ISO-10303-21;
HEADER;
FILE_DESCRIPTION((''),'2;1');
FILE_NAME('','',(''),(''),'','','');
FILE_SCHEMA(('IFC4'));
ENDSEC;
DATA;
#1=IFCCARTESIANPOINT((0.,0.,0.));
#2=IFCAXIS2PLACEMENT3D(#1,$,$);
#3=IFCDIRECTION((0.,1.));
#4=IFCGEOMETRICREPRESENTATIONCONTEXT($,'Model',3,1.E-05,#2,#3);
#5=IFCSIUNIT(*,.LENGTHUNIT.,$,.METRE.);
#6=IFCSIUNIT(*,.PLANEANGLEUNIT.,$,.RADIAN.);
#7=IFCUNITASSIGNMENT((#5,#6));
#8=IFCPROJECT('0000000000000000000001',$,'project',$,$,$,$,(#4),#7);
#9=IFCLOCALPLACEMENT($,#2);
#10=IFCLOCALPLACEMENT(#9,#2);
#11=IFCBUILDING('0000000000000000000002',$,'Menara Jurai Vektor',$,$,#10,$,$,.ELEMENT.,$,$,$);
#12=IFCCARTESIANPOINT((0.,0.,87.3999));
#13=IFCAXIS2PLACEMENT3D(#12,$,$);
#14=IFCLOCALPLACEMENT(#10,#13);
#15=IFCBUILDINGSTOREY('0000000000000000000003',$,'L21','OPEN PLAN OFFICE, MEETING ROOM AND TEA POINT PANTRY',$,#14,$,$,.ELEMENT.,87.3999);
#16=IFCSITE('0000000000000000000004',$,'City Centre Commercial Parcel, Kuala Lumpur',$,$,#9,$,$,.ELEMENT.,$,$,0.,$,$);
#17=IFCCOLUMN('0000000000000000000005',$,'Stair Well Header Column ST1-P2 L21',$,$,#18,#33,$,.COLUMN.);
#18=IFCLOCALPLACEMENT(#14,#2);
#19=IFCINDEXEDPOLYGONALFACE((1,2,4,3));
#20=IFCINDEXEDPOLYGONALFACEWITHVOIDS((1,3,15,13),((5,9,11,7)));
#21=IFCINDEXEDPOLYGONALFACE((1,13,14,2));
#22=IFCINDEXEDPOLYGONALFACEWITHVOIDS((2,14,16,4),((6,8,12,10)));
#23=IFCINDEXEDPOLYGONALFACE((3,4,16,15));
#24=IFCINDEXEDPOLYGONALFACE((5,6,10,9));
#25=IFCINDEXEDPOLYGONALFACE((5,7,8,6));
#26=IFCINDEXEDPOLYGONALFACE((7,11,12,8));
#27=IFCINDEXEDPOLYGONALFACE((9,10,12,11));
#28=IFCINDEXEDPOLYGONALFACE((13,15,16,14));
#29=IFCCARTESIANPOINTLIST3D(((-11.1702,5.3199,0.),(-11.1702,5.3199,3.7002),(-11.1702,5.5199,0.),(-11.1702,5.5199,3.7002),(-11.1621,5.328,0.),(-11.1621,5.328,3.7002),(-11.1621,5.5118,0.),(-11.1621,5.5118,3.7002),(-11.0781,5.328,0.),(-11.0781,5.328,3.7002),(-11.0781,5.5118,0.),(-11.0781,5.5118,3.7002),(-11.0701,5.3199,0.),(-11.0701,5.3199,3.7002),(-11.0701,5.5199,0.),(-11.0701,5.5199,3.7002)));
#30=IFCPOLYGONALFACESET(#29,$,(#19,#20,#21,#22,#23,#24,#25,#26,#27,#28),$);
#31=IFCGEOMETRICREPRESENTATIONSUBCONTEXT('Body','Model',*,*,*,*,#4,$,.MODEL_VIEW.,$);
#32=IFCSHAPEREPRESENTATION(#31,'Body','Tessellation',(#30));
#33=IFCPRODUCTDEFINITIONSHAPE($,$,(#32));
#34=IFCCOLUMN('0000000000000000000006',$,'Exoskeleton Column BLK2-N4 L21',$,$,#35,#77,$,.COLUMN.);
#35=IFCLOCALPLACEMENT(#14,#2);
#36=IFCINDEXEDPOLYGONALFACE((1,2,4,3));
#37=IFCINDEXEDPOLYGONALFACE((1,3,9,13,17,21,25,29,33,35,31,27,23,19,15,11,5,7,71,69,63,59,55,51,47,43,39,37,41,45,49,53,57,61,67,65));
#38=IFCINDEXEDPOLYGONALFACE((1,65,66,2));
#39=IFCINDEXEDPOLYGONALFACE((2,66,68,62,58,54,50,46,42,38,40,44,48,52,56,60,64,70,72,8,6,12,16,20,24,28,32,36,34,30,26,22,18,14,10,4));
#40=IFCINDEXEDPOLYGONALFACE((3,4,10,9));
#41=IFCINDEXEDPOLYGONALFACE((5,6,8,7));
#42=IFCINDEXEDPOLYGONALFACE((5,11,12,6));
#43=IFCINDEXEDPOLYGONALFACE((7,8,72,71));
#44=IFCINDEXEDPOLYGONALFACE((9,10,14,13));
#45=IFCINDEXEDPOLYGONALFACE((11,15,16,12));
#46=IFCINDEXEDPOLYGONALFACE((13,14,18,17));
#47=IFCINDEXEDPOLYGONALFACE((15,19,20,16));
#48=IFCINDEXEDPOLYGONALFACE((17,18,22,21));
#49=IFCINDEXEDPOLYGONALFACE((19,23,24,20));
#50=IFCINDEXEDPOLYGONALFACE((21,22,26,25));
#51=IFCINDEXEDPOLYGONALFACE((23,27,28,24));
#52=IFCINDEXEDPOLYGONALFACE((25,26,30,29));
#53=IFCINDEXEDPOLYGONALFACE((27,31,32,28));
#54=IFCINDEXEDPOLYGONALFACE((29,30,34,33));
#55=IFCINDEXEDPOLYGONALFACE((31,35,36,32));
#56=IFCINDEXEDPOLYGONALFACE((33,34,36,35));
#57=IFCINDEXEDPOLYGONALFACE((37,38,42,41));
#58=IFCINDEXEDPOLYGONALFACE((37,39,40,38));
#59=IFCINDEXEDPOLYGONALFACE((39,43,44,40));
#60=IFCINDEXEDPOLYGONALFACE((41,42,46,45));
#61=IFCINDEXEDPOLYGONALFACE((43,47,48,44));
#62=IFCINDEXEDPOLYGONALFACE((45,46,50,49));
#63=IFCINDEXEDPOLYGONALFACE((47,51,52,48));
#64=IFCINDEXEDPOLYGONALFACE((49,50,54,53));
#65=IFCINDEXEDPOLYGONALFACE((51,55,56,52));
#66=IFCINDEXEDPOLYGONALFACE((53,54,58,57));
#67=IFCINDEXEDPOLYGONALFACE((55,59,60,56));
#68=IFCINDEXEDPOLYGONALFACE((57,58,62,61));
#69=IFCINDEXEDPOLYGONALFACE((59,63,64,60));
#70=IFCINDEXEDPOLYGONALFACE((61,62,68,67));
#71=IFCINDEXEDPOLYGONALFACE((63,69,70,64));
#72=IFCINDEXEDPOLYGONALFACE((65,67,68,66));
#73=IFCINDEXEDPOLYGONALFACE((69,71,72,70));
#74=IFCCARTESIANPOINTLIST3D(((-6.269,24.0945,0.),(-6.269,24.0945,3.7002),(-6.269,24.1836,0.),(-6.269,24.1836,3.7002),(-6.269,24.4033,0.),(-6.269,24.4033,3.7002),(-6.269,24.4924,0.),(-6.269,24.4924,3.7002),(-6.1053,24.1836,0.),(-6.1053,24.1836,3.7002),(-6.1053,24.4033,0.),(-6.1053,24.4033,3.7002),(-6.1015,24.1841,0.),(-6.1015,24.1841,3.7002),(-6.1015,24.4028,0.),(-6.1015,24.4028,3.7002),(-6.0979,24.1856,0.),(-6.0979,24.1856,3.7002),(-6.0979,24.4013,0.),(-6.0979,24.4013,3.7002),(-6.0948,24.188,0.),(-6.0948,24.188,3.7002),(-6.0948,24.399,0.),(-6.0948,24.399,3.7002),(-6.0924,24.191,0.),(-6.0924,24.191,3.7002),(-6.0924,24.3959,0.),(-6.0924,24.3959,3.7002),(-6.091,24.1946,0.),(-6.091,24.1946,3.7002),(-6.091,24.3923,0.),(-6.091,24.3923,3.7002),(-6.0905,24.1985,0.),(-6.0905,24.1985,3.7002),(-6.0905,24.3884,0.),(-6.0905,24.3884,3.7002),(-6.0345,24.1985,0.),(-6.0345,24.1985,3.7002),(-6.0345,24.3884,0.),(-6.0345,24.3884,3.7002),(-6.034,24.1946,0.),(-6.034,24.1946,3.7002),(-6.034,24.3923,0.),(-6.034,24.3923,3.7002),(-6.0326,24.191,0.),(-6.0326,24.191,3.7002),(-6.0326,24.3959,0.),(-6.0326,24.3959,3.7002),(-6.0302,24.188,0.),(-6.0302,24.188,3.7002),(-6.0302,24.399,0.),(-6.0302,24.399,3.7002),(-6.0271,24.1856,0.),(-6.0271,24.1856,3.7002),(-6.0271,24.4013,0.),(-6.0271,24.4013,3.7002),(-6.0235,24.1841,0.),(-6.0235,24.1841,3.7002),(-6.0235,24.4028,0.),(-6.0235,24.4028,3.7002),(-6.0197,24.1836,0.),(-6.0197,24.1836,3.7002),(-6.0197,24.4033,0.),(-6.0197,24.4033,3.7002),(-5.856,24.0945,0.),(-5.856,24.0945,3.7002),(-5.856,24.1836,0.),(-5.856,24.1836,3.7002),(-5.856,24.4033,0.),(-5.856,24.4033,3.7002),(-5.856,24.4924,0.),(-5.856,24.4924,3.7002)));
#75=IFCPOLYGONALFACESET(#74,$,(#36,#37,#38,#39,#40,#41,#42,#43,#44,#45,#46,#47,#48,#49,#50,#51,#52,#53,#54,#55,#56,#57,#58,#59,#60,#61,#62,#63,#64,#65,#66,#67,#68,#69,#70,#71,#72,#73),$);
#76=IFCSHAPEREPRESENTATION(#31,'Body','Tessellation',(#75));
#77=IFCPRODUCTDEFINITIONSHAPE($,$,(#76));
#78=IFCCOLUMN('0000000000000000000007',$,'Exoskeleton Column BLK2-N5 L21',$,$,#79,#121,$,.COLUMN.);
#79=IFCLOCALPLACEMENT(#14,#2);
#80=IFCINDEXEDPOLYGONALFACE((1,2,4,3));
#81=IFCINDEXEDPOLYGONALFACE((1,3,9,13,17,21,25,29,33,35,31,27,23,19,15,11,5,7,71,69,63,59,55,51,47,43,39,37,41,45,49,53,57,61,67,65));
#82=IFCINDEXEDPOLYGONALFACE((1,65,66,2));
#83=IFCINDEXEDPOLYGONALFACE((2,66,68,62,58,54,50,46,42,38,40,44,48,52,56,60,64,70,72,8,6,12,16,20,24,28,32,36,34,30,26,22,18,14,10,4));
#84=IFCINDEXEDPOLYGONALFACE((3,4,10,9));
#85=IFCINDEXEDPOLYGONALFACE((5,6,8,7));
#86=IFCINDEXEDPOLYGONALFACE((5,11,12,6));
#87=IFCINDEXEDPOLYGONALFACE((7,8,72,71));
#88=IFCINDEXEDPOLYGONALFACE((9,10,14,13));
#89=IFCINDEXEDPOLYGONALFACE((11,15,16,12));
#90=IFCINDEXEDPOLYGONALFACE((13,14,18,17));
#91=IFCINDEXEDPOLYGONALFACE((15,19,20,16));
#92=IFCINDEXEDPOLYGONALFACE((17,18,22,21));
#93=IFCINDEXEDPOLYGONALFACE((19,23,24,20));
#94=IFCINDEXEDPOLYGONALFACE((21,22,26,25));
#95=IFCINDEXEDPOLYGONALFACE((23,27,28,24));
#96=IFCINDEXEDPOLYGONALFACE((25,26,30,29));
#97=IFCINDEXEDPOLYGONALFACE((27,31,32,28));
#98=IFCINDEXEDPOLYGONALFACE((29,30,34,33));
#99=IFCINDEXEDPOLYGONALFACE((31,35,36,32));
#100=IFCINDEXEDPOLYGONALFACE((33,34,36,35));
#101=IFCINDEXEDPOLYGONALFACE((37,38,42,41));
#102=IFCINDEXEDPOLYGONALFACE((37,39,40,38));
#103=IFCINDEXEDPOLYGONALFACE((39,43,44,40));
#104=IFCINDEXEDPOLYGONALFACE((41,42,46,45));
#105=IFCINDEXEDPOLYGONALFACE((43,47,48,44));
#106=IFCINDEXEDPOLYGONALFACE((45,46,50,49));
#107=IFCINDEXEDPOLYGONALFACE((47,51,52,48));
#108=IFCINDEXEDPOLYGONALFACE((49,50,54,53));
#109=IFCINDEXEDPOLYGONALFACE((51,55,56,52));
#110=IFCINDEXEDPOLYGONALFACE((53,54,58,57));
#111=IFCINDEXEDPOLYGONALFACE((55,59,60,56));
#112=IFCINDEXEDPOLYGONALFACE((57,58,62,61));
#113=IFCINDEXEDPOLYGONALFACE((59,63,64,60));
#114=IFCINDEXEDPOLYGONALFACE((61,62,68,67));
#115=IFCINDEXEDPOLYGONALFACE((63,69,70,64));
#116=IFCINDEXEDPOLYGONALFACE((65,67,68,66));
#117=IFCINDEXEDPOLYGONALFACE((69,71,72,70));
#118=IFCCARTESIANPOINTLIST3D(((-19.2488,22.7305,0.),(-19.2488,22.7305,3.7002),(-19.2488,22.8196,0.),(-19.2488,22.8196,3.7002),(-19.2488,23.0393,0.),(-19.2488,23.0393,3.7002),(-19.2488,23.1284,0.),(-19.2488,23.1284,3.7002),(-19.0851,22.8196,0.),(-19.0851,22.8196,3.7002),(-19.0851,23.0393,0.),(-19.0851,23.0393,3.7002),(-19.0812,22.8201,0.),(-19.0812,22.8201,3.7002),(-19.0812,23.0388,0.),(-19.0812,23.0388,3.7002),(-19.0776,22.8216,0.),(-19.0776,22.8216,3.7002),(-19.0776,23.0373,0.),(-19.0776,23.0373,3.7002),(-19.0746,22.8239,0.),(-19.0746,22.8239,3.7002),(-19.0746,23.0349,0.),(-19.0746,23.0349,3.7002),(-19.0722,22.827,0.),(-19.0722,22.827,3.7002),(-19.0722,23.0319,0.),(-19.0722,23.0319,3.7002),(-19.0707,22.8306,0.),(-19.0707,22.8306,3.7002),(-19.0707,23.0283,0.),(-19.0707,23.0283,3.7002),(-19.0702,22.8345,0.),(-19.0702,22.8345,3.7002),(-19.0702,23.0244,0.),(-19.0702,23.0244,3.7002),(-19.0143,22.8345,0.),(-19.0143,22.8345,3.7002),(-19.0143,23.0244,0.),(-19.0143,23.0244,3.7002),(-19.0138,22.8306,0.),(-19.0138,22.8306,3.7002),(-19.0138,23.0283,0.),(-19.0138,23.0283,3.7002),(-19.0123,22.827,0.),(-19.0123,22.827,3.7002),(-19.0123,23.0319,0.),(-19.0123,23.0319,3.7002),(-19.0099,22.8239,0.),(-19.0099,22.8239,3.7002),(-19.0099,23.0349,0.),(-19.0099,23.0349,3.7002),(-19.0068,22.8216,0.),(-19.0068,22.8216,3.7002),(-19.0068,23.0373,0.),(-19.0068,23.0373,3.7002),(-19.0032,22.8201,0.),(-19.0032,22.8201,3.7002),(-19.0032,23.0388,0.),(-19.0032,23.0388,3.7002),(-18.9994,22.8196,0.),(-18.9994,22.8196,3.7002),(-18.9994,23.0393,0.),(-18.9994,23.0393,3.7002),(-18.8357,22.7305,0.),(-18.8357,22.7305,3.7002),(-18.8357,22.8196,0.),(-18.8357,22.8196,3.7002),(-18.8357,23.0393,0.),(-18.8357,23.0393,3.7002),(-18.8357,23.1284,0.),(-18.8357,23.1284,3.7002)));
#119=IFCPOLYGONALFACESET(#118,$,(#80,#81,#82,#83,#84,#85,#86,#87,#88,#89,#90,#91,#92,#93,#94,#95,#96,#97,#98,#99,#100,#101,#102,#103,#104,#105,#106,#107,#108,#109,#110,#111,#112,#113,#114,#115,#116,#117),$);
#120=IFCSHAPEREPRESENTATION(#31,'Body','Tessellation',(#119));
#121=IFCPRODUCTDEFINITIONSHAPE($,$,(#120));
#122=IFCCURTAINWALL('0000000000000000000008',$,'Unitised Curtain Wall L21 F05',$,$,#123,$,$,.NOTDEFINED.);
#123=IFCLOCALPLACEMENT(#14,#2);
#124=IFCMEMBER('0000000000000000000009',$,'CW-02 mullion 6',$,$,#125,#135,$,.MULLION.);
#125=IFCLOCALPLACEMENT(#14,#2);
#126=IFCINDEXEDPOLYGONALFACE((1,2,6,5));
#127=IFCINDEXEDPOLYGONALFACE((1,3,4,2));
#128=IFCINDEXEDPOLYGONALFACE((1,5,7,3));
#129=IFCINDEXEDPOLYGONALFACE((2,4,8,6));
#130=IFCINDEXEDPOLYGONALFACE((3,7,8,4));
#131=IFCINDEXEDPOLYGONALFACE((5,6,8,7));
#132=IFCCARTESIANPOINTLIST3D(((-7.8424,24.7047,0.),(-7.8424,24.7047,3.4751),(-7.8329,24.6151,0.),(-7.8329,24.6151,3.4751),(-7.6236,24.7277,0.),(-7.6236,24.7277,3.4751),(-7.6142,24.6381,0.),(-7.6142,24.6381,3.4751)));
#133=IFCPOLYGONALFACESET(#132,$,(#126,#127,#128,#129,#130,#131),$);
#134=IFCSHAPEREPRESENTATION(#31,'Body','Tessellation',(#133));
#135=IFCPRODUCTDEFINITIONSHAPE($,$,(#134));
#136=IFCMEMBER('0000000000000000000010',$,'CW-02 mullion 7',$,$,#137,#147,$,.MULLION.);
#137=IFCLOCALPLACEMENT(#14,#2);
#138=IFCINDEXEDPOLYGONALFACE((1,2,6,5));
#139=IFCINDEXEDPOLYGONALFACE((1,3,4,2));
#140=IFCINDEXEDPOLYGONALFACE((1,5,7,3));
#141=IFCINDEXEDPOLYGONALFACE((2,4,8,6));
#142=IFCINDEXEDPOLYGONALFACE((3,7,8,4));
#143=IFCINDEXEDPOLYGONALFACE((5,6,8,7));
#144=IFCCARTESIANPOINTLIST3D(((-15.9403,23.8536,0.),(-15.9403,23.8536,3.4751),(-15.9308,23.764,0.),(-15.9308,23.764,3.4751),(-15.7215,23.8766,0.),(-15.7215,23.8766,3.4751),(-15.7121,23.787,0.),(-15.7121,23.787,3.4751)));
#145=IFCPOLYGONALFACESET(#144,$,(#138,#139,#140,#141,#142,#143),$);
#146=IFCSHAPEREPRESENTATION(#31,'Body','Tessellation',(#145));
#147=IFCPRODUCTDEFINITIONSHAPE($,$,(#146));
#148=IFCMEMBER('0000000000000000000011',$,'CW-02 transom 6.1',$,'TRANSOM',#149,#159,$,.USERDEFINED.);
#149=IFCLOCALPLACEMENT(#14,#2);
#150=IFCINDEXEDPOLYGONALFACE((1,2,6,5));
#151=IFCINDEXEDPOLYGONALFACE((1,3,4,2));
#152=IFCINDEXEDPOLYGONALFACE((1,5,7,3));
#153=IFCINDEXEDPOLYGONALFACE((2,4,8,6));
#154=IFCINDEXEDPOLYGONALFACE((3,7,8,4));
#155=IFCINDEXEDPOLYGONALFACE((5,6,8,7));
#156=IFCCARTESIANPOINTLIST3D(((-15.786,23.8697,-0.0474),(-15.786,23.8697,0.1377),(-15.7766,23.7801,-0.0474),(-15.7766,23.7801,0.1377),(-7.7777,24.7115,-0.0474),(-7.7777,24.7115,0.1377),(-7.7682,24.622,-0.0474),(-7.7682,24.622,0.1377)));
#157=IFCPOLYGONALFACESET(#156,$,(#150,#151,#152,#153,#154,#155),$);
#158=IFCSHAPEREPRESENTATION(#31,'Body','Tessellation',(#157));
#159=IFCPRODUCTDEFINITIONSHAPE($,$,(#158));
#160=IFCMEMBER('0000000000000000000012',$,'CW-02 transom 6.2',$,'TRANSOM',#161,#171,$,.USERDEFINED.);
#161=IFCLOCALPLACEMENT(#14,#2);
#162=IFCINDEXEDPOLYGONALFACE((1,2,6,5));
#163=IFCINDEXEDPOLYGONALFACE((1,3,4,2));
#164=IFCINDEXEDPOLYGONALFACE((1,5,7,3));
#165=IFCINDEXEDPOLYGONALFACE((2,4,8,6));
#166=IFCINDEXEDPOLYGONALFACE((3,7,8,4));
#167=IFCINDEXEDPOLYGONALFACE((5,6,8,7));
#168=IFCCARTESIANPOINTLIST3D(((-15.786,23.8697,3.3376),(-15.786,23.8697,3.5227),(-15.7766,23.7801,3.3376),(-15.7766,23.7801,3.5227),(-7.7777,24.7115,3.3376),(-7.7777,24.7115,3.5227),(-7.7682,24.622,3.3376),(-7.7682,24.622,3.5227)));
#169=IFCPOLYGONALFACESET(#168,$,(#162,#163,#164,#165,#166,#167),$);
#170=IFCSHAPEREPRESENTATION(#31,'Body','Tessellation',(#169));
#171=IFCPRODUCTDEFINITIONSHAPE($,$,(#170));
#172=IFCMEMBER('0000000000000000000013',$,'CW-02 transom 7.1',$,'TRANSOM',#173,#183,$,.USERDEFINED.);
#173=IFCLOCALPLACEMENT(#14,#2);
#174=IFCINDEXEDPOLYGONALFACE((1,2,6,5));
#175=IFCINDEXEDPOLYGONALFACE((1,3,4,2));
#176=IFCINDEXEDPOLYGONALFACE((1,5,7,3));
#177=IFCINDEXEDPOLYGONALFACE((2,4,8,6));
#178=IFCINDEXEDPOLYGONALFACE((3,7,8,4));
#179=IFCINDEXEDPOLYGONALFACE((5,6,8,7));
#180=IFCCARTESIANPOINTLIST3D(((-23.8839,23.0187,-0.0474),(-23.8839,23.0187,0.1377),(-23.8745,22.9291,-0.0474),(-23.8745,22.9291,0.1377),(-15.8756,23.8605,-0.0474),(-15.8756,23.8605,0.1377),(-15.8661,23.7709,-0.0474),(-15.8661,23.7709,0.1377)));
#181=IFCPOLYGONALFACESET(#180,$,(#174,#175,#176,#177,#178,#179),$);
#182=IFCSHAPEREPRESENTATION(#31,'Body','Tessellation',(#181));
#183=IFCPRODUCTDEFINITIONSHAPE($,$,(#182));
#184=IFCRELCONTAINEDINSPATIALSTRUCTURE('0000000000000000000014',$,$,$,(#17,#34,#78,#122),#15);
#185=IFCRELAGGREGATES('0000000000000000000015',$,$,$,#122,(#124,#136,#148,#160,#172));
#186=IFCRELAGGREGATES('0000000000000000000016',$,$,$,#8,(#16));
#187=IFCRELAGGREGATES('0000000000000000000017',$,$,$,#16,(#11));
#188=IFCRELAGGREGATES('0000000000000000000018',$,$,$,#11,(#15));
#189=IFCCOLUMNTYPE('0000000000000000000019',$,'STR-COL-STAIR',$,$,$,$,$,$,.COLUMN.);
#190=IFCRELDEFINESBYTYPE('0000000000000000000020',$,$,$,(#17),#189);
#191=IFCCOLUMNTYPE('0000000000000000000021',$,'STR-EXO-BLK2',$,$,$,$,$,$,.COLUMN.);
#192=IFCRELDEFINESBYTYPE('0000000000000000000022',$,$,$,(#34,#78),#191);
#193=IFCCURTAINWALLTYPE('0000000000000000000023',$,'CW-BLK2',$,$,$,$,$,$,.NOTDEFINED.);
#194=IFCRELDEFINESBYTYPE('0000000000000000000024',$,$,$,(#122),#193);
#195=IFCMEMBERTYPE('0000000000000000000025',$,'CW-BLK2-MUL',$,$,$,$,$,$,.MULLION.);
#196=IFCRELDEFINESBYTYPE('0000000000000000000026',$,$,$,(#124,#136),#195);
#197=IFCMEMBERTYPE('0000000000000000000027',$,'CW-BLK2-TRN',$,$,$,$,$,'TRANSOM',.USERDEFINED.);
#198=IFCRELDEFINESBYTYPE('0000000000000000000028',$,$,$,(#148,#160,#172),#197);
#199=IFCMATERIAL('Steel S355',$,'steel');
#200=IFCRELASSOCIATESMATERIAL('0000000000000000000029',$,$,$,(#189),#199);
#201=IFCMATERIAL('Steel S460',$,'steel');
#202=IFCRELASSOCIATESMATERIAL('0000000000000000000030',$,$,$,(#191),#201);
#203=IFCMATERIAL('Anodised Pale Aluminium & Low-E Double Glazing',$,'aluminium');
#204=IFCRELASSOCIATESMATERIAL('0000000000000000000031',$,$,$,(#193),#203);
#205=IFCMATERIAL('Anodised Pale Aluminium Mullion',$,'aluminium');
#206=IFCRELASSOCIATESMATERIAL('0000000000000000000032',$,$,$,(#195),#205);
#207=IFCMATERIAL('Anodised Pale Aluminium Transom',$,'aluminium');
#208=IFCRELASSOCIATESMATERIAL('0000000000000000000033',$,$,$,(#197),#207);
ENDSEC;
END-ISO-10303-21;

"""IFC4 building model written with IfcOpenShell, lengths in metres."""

from ifc_helpers import new_model, si_unit, direction, frame, origin, origin_2d, place, context, subcontext, project, spatial, rectangle, hollow_rectangle, i_section, extrude, material, material_profile, profile_set, type_object, element, aggregate, save


model = new_model("IFC4")

# Units and contexts
model_context = context("Model", 3, precision=1e-05, world=origin(), true_north=direction((0.0, 1.0)))
body_context = subcontext(model_context, "Body", "Model", "MODEL_VIEW")
ifc_project = project(units=[si_unit("LENGTHUNIT", "METRE"), si_unit("PLANEANGLEUNIT", "RADIAN")], contexts=[model_context])

# Site, building, storey
site_placement = place(None, origin())
site = spatial("IfcSite", under=ifc_project, at=site_placement, Name="City Centre Commercial Parcel, Kuala Lumpur", CompositionType="ELEMENT", RefElevation=0.0)
building_placement = place(site_placement, origin())
building = spatial("IfcBuilding", under=site, at=building_placement, Name="Menara Jurai Vektor", CompositionType="ELEMENT")
storey_placement = place(building_placement, frame((0.0, 0.0, 87.3999)))
storey = spatial("IfcBuildingStorey", under=building, at=storey_placement, Name="L21", Description="OPEN PLAN OFFICE, MEETING ROOM AND TEA POINT PANTRY", CompositionType="ELEMENT", Elevation=87.3999)

# Columns
ifc_material_1 = material(Name="Steel S355", Category="steel")
ifc_material_profile_1 = material_profile(ifc_material_1, hollow_rectangle(XDim=0.1001, YDim=0.2, WallThickness=0.0081, at=origin_2d()), Name="RHS 200x100x8")
ifc_profile_set_1 = profile_set([ifc_material_profile_1], Name="Steel S355")
column_type_1 = type_object("IfcColumnType", Name="STR-COL-STAIR", PredefinedType="COLUMN", material=ifc_profile_set_1)
column_placement = place(storey_placement, frame((-11.1201, 5.4199, 0.0), z_axis=(0.0, 0.0, 1.0), x_axis=(1.0, 0.0, 0.0)))
element("IfcColumn", 1, at=column_placement, inside=storey, type_object=column_type_1, Name="Stair Well Header Column ST1-P2 L21", PredefinedType="COLUMN", context=body_context, shape_type="SweptSolid", body=[
    extrude(hollow_rectangle(XDim=0.1001, YDim=0.2, WallThickness=0.0081, at=origin_2d()), origin(), (0.0, 0.0, 1.0), 3.7002),
])
ifc_material_2 = material(Name="Steel S460", Category="steel")
ifc_material_profile_2 = material_profile(ifc_material_2, i_section(OverallWidth=0.4131, OverallDepth=0.3979, WebThickness=0.0559, FlangeThickness=0.0891, FilletRadius=0.0149, at=origin_2d()), Name="HD 400x744")
ifc_profile_set_2 = profile_set([ifc_material_profile_2], Name="Steel S460")
column_type_2 = type_object("IfcColumnType", Name="STR-EXO-BLK2", PredefinedType="COLUMN", material=ifc_profile_set_2)
for number, where, z_axis, x_axis, name in (
    (2, (-6.0625, 24.2935, 0.0), (0.0, 0.0, 1.0), (1.0, 0.0, 0.0), "Exoskeleton Column BLK2-N4 L21"),
    (3, (-19.0422, 22.9294, 0.0), (0.0, 0.0, 1.0), (1.0, 0.0, 0.0), "Exoskeleton Column BLK2-N5 L21"),
):
    element("IfcColumn", number, at=place(storey_placement, frame(where, z_axis=z_axis, x_axis=x_axis)), inside=storey, type_object=column_type_2, Name=name, PredefinedType="COLUMN", context=body_context, shape_type="SweptSolid", body=[
        extrude(i_section(OverallWidth=0.4131, OverallDepth=0.3979, WebThickness=0.0559, FlangeThickness=0.0891, FilletRadius=0.0149, at=origin_2d()), origin(), (0.0, 0.0, 1.0), 3.7002),
    ])

# Curtain wall, members
ifc_material_3 = material(Name="Anodised Pale Aluminium & Low-E Double Glazing", Category="aluminium")
curtain_wall_type = type_object("IfcCurtainWallType", Name="CW-BLK2", PredefinedType="NOTDEFINED", material=ifc_material_3)
curtain_wall_placement = place(storey_placement, origin())
curtain_wall = element("IfcCurtainWall", 4, at=curtain_wall_placement, inside=storey, type_object=curtain_wall_type, Name="Unitised Curtain Wall L21 F05", PredefinedType="NOTDEFINED")
ifc_material_4 = material(Name="Anodised Pale Aluminium Mullion", Category="aluminium")
ifc_material_profile_3 = material_profile(ifc_material_4, rectangle(XDim=0.0901, YDim=0.22, at=origin_2d()), Name="ALU MUL 90x220")
ifc_profile_set_3 = profile_set([ifc_material_profile_3], Name="Anodised Pale Aluminium Mullion")
member_type_1 = type_object("IfcMemberType", Name="CW-BLK2-MUL", PredefinedType="MULLION", material=ifc_profile_set_3)
member_1_placement = place(storey_placement, frame((-7.7283, 24.6714, 0.0), z_axis=(0.0, 0.0, 1.0), x_axis=(0.104529, -0.994522, 0.0)))
member_1 = element("IfcMember", 5, at=member_1_placement, type_object=member_type_1, Name="CW-02 mullion 6", PredefinedType="MULLION", context=body_context, shape_type="SweptSolid", body=[
    extrude(rectangle(XDim=0.0901, YDim=0.22, at=origin_2d()), origin(), (0.0, 0.0, 1.0), 3.4751),
])
member_2_placement = place(storey_placement, frame((-15.8262, 23.8203, 0.0), z_axis=(0.0, 0.0, 1.0), x_axis=(0.104529, -0.994522, 0.0)))
member_2 = element("IfcMember", 6, at=member_2_placement, type_object=member_type_1, Name="CW-02 mullion 7", PredefinedType="MULLION", context=body_context, shape_type="SweptSolid", body=[
    extrude(rectangle(XDim=0.0901, YDim=0.22, at=origin_2d()), origin(), (0.0, 0.0, 1.0), 3.4751),
])
ifc_material_5 = material(Name="Anodised Pale Aluminium Transom", Category="aluminium")
ifc_material_profile_4 = material_profile(ifc_material_5, rectangle(XDim=0.0901, YDim=0.1851, at=origin_2d()), Name="ALU TRN 90x185")
ifc_profile_set_4 = profile_set([ifc_material_profile_4], Name="Anodised Pale Aluminium Transom")
member_type_2 = type_object("IfcMemberType", Name="CW-BLK2-TRN", ElementType="TRANSOM", PredefinedType="USERDEFINED", material=ifc_profile_set_4)
member_3_placement = place(storey_placement, frame((-7.7729, 24.6667, 0.0452), z_axis=(-0.994521, -0.10454, 0.0), x_axis=(0.10454, -0.994521, 0.0)))
member_3 = element("IfcMember", 7, at=member_3_placement, type_object=member_type_2, Name="CW-02 transom 6.1", ObjectType="TRANSOM", PredefinedType="USERDEFINED", context=body_context, shape_type="SweptSolid", body=[
    extrude(rectangle(XDim=0.0901, YDim=0.1851, at=origin_2d()), origin(), (0.0, 0.0, 1.0), 8.0525),
])
member_4_placement = place(storey_placement, frame((-7.7729, 24.6667, 3.4302), z_axis=(-0.994521, -0.10454, 0.0), x_axis=(0.10454, -0.994521, 0.0)))
member_4 = element("IfcMember", 8, at=member_4_placement, type_object=member_type_2, Name="CW-02 transom 6.2", ObjectType="TRANSOM", PredefinedType="USERDEFINED", context=body_context, shape_type="SweptSolid", body=[
    extrude(rectangle(XDim=0.0901, YDim=0.1851, at=origin_2d()), origin(), (0.0, 0.0, 1.0), 8.0525),
])
member_5_placement = place(storey_placement, frame((-15.8708, 23.8157, 0.0452), z_axis=(-0.994521, -0.10454, 0.0), x_axis=(0.10454, -0.994521, 0.0)))
member_5 = element("IfcMember", 9, at=member_5_placement, type_object=member_type_2, Name="CW-02 transom 7.1", ObjectType="TRANSOM", PredefinedType="USERDEFINED", context=body_context, shape_type="SweptSolid", body=[
    extrude(rectangle(XDim=0.0901, YDim=0.1851, at=origin_2d()), origin(), (0.0, 0.0, 1.0), 8.0525),
])

aggregate(curtain_wall, [member_1, member_2, member_3, member_4, member_5])

save(model, "model.ifc")
